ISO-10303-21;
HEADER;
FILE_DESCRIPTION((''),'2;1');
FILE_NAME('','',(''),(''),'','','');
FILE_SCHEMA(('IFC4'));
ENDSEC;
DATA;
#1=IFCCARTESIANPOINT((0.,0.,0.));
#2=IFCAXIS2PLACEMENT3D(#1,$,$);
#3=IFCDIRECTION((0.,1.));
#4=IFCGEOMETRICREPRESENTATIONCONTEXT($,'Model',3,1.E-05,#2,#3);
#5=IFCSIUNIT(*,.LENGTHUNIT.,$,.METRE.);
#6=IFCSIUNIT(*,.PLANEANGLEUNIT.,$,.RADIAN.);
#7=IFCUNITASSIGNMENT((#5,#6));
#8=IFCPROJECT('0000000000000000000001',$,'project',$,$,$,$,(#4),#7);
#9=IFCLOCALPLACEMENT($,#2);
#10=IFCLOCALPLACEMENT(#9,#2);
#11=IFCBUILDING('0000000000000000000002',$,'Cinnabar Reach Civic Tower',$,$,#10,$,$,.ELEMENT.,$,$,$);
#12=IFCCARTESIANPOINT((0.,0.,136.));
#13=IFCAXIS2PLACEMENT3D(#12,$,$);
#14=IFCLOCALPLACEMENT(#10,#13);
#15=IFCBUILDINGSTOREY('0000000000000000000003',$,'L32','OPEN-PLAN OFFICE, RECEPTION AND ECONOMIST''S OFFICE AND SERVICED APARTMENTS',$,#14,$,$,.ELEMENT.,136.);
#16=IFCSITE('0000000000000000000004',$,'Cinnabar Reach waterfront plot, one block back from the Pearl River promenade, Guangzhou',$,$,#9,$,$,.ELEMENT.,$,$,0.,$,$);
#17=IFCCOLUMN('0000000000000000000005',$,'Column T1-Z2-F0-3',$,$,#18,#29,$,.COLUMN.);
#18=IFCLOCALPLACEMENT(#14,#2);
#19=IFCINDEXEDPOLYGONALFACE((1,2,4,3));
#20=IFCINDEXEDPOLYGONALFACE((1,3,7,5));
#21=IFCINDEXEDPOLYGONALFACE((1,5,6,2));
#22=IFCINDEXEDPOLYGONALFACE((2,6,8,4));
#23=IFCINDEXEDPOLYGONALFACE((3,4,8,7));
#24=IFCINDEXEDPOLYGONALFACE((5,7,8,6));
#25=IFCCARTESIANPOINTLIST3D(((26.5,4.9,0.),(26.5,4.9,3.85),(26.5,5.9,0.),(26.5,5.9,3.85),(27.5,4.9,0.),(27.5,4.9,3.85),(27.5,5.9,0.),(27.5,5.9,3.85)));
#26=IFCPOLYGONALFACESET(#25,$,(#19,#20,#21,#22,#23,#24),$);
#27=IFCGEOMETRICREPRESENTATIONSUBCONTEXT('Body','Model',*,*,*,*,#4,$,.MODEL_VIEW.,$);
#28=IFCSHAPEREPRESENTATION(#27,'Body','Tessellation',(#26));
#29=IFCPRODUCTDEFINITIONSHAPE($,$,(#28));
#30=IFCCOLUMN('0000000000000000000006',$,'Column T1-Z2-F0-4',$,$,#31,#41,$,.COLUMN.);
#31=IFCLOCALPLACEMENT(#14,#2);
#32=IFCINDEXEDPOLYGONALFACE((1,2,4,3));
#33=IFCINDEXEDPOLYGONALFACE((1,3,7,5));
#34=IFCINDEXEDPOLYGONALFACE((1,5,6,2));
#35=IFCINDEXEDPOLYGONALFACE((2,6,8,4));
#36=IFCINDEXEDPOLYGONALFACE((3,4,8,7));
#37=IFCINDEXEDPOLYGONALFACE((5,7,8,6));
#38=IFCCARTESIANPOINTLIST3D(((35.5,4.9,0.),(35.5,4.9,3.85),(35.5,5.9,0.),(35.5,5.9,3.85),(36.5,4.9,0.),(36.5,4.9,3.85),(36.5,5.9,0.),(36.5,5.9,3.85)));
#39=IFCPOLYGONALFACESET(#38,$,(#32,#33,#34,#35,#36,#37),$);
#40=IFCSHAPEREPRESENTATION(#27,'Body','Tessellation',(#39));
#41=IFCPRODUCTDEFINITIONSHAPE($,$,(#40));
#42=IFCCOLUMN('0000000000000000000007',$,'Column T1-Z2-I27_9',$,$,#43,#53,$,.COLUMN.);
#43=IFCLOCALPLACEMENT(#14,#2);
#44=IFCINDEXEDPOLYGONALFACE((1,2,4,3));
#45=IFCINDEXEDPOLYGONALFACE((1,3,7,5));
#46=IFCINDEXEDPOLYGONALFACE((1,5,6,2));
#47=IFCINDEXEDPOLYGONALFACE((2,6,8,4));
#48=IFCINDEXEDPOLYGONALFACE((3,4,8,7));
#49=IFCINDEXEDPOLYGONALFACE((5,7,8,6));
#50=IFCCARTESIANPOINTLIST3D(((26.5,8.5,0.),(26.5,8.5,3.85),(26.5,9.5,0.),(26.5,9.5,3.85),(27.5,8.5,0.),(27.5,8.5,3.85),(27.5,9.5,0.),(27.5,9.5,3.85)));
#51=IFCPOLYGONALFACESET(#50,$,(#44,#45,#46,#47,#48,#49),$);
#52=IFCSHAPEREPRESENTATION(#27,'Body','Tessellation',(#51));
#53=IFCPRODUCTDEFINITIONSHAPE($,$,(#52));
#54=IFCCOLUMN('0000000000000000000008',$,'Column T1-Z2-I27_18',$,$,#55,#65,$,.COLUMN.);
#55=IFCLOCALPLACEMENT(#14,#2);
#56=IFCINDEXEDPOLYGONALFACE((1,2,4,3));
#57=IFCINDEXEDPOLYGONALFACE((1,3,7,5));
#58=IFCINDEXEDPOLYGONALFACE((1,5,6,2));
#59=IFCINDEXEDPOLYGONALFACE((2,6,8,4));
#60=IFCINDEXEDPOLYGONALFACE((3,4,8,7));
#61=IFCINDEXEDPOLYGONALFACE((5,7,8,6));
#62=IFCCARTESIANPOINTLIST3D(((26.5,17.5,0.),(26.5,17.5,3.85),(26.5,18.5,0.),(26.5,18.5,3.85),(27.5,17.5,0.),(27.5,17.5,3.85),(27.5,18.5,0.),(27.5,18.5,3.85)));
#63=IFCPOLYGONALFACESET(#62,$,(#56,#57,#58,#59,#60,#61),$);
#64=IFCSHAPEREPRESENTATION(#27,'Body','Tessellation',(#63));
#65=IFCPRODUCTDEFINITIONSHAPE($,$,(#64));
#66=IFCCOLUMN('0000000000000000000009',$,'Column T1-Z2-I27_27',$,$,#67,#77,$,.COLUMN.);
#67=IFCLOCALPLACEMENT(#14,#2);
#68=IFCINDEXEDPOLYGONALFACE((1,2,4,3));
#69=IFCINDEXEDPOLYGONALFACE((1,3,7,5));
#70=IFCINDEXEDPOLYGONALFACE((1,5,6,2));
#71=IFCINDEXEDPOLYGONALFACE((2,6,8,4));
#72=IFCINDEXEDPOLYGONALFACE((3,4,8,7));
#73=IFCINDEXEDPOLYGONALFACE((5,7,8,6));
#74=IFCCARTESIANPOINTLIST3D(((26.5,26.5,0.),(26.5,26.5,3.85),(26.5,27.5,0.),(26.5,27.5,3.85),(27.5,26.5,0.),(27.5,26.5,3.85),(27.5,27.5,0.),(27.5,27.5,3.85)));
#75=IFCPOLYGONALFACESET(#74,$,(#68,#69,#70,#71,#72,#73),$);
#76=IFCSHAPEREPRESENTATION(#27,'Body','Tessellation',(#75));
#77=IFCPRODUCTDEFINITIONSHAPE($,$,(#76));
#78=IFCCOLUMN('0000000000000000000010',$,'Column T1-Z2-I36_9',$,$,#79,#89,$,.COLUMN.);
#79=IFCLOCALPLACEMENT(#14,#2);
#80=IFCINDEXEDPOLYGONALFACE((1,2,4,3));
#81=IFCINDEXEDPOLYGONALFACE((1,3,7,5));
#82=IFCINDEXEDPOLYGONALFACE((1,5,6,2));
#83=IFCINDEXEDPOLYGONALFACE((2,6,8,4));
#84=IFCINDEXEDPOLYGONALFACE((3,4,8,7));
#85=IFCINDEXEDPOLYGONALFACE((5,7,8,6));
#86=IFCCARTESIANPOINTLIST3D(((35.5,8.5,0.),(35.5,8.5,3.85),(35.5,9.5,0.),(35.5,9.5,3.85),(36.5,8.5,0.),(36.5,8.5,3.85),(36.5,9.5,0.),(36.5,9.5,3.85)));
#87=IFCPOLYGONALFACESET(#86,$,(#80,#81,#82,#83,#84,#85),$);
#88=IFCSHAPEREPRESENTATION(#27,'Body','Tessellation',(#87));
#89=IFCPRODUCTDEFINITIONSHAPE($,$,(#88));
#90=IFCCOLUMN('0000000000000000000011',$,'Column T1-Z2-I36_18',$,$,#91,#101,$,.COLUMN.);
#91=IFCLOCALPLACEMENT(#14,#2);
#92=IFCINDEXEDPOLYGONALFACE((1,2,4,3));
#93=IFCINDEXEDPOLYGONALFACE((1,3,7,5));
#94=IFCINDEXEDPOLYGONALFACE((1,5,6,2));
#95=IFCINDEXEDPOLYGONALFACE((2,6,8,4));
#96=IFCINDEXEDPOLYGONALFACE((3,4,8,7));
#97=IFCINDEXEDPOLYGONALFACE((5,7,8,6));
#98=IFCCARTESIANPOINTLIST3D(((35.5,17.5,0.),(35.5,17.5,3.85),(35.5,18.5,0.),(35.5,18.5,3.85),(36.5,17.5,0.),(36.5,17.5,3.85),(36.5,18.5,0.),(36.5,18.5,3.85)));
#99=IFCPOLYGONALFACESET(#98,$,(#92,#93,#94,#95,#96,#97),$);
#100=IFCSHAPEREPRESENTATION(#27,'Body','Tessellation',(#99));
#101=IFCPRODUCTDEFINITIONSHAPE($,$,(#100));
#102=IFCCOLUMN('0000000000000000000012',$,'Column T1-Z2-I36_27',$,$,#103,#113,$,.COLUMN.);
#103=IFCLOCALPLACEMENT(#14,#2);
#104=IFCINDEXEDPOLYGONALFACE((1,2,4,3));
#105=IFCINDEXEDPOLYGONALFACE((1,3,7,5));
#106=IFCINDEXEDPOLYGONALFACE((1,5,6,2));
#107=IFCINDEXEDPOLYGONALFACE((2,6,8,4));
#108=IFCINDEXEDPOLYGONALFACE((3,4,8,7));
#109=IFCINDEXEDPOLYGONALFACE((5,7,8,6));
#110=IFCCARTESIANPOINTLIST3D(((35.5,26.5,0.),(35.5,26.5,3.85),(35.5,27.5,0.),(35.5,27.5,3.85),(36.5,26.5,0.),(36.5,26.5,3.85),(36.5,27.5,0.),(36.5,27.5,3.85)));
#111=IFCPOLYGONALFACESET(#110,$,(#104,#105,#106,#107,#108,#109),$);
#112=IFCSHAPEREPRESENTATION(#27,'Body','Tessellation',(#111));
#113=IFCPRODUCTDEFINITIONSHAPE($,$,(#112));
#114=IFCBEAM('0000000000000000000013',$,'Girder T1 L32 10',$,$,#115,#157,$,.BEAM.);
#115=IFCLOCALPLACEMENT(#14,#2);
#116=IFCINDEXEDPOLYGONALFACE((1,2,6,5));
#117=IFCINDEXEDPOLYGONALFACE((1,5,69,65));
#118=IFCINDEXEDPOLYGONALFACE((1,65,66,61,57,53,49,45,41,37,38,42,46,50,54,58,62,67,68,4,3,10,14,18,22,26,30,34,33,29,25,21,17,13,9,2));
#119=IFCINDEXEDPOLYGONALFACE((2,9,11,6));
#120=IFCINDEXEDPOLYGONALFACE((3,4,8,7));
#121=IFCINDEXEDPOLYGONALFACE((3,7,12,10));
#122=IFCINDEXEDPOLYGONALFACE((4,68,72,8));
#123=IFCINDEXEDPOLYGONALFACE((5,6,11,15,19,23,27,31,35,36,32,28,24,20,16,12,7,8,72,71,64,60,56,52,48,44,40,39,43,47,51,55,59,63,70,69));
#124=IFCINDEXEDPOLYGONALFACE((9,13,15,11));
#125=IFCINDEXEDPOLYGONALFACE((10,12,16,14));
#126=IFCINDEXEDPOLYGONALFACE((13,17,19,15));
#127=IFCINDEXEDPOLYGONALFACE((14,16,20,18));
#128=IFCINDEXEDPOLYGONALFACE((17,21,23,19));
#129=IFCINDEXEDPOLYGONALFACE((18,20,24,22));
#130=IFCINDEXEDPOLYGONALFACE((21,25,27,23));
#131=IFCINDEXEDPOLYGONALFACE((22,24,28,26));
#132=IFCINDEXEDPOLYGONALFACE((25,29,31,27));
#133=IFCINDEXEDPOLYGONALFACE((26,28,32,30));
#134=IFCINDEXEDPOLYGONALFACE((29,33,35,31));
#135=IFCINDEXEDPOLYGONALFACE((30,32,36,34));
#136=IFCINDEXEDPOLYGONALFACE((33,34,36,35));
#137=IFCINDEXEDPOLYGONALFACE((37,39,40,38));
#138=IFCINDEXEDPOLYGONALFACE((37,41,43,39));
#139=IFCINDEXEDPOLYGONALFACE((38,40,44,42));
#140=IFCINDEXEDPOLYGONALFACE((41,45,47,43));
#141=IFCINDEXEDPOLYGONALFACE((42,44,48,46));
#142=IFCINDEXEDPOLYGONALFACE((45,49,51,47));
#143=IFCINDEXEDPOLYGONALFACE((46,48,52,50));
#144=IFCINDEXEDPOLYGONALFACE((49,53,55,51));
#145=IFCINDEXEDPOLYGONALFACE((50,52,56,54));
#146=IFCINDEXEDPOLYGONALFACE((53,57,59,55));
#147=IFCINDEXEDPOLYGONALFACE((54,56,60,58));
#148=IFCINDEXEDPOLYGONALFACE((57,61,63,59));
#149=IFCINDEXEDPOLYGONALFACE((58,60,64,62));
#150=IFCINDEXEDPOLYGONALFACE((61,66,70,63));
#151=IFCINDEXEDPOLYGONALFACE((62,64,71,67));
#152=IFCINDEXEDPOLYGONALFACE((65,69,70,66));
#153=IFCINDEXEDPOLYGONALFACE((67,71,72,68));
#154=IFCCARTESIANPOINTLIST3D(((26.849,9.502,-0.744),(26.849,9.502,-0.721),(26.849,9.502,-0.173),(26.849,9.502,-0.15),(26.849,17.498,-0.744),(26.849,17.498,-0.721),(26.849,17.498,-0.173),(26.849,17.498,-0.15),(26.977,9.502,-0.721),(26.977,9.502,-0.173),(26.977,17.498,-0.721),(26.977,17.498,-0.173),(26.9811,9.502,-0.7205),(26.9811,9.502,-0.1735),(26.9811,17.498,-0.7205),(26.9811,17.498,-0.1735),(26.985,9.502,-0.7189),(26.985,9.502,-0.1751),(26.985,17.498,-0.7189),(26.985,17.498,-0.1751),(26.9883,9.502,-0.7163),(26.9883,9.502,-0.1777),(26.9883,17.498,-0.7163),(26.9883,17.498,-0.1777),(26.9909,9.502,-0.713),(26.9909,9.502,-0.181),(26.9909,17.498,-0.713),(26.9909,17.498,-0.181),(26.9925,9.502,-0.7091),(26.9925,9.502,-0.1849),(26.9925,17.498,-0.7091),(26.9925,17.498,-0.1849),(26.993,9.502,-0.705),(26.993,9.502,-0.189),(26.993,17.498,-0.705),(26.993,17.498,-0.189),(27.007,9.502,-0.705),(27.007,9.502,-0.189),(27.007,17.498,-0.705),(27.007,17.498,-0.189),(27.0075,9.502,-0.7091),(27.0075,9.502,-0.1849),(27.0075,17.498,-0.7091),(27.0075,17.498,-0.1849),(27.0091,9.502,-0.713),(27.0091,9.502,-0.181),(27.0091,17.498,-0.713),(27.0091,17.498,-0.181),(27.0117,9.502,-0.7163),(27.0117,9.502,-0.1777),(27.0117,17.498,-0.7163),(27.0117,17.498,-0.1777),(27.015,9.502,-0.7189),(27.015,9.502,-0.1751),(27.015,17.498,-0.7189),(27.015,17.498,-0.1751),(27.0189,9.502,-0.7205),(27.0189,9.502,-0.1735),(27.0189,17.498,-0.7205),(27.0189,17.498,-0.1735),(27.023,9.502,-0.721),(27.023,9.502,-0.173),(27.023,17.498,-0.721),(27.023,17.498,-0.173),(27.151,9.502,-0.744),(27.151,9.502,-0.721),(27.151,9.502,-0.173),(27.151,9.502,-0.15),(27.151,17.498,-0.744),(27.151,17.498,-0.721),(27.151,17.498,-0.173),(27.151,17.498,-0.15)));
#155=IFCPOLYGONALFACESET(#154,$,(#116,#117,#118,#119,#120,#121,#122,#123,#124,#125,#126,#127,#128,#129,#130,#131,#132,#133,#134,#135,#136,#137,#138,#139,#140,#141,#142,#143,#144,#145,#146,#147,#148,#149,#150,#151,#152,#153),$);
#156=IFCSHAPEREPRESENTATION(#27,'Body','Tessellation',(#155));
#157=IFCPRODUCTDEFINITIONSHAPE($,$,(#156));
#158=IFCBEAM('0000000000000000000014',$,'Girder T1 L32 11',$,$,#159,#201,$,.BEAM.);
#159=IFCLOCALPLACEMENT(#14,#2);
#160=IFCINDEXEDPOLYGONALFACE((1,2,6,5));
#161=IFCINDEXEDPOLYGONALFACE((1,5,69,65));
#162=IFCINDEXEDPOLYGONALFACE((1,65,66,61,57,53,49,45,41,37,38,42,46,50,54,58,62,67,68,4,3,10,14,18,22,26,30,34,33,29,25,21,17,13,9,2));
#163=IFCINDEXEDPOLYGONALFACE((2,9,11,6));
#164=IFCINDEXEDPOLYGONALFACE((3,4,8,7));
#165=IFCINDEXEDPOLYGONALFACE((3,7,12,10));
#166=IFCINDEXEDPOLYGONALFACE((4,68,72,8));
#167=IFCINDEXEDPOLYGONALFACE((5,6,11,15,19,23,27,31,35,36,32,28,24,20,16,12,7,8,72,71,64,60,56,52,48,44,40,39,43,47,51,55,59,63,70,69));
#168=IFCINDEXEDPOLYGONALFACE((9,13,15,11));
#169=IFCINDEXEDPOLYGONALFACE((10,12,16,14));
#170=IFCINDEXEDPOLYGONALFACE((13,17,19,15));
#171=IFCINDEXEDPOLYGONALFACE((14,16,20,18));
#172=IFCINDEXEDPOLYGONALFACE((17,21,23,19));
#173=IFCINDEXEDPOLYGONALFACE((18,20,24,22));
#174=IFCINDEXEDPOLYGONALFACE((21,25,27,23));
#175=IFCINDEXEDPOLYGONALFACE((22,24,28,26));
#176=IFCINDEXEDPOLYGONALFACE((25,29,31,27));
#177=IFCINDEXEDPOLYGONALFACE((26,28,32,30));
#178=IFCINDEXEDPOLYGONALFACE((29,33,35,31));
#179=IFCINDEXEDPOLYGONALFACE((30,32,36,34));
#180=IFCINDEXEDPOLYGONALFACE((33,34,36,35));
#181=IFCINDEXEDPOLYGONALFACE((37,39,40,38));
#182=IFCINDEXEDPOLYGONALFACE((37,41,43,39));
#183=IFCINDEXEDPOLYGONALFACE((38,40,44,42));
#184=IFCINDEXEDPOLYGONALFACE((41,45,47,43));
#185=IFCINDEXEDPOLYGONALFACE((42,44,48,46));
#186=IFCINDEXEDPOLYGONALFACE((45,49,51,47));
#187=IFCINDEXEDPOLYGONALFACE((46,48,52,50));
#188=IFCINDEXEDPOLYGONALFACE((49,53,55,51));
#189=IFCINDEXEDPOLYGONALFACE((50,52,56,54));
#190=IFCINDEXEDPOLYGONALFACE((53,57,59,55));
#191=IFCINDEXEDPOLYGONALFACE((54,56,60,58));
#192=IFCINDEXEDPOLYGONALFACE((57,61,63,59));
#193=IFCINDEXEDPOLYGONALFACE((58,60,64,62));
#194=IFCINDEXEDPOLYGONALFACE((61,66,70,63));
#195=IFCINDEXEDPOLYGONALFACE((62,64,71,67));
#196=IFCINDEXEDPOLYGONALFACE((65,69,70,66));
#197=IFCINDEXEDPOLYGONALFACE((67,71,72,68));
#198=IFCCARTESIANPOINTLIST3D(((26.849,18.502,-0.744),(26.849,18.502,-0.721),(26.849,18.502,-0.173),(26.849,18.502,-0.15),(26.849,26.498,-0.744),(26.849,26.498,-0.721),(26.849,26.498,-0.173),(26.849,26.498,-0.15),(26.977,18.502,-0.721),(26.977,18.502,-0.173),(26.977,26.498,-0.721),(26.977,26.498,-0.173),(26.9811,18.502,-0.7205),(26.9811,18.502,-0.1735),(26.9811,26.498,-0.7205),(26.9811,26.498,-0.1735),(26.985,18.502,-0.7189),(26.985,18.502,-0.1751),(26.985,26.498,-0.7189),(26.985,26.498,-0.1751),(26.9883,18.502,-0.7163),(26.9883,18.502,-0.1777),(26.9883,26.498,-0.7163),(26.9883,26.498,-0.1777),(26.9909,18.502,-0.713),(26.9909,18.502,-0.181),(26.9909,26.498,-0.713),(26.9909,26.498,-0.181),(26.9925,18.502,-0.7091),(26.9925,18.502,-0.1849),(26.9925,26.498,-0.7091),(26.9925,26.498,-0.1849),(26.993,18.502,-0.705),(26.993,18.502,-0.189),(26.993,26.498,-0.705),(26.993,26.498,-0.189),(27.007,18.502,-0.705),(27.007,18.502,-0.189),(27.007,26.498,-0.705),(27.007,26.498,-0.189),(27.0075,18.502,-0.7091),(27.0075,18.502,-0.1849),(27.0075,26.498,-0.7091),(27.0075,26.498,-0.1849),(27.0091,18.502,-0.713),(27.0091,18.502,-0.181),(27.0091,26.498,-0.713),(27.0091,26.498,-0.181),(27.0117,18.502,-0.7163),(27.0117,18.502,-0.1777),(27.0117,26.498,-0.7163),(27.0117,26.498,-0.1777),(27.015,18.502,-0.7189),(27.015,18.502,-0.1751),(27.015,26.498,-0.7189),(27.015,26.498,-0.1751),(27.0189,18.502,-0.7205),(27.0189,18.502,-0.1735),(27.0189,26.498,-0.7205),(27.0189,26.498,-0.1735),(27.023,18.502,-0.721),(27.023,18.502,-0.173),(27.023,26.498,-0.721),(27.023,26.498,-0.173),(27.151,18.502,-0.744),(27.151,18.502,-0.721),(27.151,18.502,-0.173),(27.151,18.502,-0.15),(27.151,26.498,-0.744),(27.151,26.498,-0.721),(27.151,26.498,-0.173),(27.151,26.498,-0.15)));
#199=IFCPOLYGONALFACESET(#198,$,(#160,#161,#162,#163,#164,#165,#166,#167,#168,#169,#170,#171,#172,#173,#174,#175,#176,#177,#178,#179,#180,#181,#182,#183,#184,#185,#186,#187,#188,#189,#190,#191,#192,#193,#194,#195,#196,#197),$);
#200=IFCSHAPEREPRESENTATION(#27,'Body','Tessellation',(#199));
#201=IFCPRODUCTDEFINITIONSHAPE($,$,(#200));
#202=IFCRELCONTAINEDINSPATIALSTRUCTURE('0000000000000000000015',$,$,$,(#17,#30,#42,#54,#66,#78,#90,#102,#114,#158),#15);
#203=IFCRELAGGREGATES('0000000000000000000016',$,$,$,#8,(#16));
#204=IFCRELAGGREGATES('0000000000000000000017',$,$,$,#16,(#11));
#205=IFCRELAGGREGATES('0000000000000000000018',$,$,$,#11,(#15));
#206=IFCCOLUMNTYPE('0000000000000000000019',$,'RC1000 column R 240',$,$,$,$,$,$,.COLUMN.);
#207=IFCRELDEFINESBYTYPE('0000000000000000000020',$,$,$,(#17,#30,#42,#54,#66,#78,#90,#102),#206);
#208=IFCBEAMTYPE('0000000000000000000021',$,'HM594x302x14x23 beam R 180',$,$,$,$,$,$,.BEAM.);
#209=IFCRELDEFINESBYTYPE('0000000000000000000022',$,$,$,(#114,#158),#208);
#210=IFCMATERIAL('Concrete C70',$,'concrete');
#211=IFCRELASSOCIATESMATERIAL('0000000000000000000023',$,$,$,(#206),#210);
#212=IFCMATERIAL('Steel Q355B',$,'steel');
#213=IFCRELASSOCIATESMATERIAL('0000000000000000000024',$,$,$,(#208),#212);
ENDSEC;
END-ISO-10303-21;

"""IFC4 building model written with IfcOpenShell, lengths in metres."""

from ifc_helpers import new_model, si_unit, direction, frame, origin, origin_2d, place, context, subcontext, project, spatial, rectangle, i_section, extrude, material, material_profile, profile_set, type_object, element, save


model = new_model("IFC4")

# Units and contexts
model_context = context("Model", 3, precision=1e-05, world=origin(), true_north=direction((0.0, 1.0)))
body_context = subcontext(model_context, "Body", "Model", "MODEL_VIEW")
ifc_project = project(units=[si_unit("LENGTHUNIT", "METRE"), si_unit("PLANEANGLEUNIT", "RADIAN")], contexts=[model_context])

# Site, building, storey
site_placement = place(None, origin())
site = spatial("IfcSite", under=ifc_project, at=site_placement, Name="Cinnabar Reach waterfront plot, one block back from the Pearl River promenade, Guangzhou", CompositionType="ELEMENT", RefElevation=0.0)
building_placement = place(site_placement, origin())
building = spatial("IfcBuilding", under=site, at=building_placement, Name="Cinnabar Reach Civic Tower", CompositionType="ELEMENT")
storey_placement = place(building_placement, frame((0.0, 0.0, 136.0)))
storey = spatial("IfcBuildingStorey", under=building, at=storey_placement, Name="L32", Description="OPEN-PLAN OFFICE, RECEPTION AND ECONOMIST'S OFFICE AND SERVICED APARTMENTS", CompositionType="ELEMENT", Elevation=136.0)

# Columns
ifc_material_1 = material(Name="Concrete C70", Category="concrete")
ifc_material_profile_1 = material_profile(ifc_material_1, rectangle(XDim=1.0, YDim=1.0, at=origin_2d()), Name="RC1000")
ifc_profile_set_1 = profile_set([ifc_material_profile_1], Name="Concrete C70")
column_type = type_object("IfcColumnType", Name="RC1000 column R 240", PredefinedType="COLUMN", material=ifc_profile_set_1)
for number, where, z_axis, x_axis, name in (
    (1, (27.0, 5.4, 0.0), (0.0, 0.0, 1.0), (1.0, 0.0, 0.0), "Column T1-Z2-F0-3"),
    (2, (36.0, 5.4, 0.0), (0.0, 0.0, 1.0), (1.0, 0.0, 0.0), "Column T1-Z2-F0-4"),
    (3, (27.0, 9.0, 0.0), (0.0, 0.0, 1.0), (1.0, 0.0, 0.0), "Column T1-Z2-I27_9"),
    (4, (27.0, 18.0, 0.0), (0.0, 0.0, 1.0), (1.0, 0.0, 0.0), "Column T1-Z2-I27_18"),
    (5, (27.0, 27.0, 0.0), (0.0, 0.0, 1.0), (1.0, 0.0, 0.0), "Column T1-Z2-I27_27"),
    (6, (36.0, 9.0, 0.0), (0.0, 0.0, 1.0), (1.0, 0.0, 0.0), "Column T1-Z2-I36_9"),
    (7, (36.0, 18.0, 0.0), (0.0, 0.0, 1.0), (1.0, 0.0, 0.0), "Column T1-Z2-I36_18"),
    (8, (36.0, 27.0, 0.0), (0.0, 0.0, 1.0), (1.0, 0.0, 0.0), "Column T1-Z2-I36_27"),
):
    element("IfcColumn", number, at=place(storey_placement, frame(where, z_axis=z_axis, x_axis=x_axis)), inside=storey, type_object=column_type, Name=name, PredefinedType="COLUMN", context=body_context, shape_type="SweptSolid", body=[
        extrude(rectangle(XDim=1.0, YDim=1.0, at=origin_2d()), origin(), (0.0, 0.0, 1.0), 3.85),
    ])

# Beams
ifc_material_2 = material(Name="Steel Q355B", Category="steel")
ifc_material_profile_2 = material_profile(ifc_material_2, i_section(OverallWidth=0.302, OverallDepth=0.594, WebThickness=0.014, FlangeThickness=0.023, FilletRadius=0.016, at=origin_2d()), Name="HM594x302x14x23")
ifc_profile_set_2 = profile_set([ifc_material_profile_2], Name="Steel Q355B")
beam_type_1 = type_object("IfcBeamType", Name="HM594x302x14x23 beam R 180", PredefinedType="BEAM", material=ifc_profile_set_2)
for number, where, z_axis, x_axis, name in (
    (9, (27.0, 9.502, -0.447), (0.0, 1.0, 0.0), (-1.0, 0.0, 0.0), "Girder T1 L32 10"),
    (10, (27.0, 18.502, -0.447), (0.0, 1.0, 0.0), (-1.0, 0.0, 0.0), "Girder T1 L32 11"),
):
    element("IfcBeam", number, at=place(storey_placement, frame(where, z_axis=z_axis, x_axis=x_axis)), inside=storey, type_object=beam_type_1, Name=name, PredefinedType="BEAM", context=body_context, shape_type="SweptSolid", body=[
        extrude(i_section(OverallWidth=0.302, OverallDepth=0.594, WebThickness=0.014, FlangeThickness=0.023, FilletRadius=0.016, at=origin_2d()), origin(), (0.0, 0.0, 1.0), 7.996),
    ])

save(model, "model.ifc")
